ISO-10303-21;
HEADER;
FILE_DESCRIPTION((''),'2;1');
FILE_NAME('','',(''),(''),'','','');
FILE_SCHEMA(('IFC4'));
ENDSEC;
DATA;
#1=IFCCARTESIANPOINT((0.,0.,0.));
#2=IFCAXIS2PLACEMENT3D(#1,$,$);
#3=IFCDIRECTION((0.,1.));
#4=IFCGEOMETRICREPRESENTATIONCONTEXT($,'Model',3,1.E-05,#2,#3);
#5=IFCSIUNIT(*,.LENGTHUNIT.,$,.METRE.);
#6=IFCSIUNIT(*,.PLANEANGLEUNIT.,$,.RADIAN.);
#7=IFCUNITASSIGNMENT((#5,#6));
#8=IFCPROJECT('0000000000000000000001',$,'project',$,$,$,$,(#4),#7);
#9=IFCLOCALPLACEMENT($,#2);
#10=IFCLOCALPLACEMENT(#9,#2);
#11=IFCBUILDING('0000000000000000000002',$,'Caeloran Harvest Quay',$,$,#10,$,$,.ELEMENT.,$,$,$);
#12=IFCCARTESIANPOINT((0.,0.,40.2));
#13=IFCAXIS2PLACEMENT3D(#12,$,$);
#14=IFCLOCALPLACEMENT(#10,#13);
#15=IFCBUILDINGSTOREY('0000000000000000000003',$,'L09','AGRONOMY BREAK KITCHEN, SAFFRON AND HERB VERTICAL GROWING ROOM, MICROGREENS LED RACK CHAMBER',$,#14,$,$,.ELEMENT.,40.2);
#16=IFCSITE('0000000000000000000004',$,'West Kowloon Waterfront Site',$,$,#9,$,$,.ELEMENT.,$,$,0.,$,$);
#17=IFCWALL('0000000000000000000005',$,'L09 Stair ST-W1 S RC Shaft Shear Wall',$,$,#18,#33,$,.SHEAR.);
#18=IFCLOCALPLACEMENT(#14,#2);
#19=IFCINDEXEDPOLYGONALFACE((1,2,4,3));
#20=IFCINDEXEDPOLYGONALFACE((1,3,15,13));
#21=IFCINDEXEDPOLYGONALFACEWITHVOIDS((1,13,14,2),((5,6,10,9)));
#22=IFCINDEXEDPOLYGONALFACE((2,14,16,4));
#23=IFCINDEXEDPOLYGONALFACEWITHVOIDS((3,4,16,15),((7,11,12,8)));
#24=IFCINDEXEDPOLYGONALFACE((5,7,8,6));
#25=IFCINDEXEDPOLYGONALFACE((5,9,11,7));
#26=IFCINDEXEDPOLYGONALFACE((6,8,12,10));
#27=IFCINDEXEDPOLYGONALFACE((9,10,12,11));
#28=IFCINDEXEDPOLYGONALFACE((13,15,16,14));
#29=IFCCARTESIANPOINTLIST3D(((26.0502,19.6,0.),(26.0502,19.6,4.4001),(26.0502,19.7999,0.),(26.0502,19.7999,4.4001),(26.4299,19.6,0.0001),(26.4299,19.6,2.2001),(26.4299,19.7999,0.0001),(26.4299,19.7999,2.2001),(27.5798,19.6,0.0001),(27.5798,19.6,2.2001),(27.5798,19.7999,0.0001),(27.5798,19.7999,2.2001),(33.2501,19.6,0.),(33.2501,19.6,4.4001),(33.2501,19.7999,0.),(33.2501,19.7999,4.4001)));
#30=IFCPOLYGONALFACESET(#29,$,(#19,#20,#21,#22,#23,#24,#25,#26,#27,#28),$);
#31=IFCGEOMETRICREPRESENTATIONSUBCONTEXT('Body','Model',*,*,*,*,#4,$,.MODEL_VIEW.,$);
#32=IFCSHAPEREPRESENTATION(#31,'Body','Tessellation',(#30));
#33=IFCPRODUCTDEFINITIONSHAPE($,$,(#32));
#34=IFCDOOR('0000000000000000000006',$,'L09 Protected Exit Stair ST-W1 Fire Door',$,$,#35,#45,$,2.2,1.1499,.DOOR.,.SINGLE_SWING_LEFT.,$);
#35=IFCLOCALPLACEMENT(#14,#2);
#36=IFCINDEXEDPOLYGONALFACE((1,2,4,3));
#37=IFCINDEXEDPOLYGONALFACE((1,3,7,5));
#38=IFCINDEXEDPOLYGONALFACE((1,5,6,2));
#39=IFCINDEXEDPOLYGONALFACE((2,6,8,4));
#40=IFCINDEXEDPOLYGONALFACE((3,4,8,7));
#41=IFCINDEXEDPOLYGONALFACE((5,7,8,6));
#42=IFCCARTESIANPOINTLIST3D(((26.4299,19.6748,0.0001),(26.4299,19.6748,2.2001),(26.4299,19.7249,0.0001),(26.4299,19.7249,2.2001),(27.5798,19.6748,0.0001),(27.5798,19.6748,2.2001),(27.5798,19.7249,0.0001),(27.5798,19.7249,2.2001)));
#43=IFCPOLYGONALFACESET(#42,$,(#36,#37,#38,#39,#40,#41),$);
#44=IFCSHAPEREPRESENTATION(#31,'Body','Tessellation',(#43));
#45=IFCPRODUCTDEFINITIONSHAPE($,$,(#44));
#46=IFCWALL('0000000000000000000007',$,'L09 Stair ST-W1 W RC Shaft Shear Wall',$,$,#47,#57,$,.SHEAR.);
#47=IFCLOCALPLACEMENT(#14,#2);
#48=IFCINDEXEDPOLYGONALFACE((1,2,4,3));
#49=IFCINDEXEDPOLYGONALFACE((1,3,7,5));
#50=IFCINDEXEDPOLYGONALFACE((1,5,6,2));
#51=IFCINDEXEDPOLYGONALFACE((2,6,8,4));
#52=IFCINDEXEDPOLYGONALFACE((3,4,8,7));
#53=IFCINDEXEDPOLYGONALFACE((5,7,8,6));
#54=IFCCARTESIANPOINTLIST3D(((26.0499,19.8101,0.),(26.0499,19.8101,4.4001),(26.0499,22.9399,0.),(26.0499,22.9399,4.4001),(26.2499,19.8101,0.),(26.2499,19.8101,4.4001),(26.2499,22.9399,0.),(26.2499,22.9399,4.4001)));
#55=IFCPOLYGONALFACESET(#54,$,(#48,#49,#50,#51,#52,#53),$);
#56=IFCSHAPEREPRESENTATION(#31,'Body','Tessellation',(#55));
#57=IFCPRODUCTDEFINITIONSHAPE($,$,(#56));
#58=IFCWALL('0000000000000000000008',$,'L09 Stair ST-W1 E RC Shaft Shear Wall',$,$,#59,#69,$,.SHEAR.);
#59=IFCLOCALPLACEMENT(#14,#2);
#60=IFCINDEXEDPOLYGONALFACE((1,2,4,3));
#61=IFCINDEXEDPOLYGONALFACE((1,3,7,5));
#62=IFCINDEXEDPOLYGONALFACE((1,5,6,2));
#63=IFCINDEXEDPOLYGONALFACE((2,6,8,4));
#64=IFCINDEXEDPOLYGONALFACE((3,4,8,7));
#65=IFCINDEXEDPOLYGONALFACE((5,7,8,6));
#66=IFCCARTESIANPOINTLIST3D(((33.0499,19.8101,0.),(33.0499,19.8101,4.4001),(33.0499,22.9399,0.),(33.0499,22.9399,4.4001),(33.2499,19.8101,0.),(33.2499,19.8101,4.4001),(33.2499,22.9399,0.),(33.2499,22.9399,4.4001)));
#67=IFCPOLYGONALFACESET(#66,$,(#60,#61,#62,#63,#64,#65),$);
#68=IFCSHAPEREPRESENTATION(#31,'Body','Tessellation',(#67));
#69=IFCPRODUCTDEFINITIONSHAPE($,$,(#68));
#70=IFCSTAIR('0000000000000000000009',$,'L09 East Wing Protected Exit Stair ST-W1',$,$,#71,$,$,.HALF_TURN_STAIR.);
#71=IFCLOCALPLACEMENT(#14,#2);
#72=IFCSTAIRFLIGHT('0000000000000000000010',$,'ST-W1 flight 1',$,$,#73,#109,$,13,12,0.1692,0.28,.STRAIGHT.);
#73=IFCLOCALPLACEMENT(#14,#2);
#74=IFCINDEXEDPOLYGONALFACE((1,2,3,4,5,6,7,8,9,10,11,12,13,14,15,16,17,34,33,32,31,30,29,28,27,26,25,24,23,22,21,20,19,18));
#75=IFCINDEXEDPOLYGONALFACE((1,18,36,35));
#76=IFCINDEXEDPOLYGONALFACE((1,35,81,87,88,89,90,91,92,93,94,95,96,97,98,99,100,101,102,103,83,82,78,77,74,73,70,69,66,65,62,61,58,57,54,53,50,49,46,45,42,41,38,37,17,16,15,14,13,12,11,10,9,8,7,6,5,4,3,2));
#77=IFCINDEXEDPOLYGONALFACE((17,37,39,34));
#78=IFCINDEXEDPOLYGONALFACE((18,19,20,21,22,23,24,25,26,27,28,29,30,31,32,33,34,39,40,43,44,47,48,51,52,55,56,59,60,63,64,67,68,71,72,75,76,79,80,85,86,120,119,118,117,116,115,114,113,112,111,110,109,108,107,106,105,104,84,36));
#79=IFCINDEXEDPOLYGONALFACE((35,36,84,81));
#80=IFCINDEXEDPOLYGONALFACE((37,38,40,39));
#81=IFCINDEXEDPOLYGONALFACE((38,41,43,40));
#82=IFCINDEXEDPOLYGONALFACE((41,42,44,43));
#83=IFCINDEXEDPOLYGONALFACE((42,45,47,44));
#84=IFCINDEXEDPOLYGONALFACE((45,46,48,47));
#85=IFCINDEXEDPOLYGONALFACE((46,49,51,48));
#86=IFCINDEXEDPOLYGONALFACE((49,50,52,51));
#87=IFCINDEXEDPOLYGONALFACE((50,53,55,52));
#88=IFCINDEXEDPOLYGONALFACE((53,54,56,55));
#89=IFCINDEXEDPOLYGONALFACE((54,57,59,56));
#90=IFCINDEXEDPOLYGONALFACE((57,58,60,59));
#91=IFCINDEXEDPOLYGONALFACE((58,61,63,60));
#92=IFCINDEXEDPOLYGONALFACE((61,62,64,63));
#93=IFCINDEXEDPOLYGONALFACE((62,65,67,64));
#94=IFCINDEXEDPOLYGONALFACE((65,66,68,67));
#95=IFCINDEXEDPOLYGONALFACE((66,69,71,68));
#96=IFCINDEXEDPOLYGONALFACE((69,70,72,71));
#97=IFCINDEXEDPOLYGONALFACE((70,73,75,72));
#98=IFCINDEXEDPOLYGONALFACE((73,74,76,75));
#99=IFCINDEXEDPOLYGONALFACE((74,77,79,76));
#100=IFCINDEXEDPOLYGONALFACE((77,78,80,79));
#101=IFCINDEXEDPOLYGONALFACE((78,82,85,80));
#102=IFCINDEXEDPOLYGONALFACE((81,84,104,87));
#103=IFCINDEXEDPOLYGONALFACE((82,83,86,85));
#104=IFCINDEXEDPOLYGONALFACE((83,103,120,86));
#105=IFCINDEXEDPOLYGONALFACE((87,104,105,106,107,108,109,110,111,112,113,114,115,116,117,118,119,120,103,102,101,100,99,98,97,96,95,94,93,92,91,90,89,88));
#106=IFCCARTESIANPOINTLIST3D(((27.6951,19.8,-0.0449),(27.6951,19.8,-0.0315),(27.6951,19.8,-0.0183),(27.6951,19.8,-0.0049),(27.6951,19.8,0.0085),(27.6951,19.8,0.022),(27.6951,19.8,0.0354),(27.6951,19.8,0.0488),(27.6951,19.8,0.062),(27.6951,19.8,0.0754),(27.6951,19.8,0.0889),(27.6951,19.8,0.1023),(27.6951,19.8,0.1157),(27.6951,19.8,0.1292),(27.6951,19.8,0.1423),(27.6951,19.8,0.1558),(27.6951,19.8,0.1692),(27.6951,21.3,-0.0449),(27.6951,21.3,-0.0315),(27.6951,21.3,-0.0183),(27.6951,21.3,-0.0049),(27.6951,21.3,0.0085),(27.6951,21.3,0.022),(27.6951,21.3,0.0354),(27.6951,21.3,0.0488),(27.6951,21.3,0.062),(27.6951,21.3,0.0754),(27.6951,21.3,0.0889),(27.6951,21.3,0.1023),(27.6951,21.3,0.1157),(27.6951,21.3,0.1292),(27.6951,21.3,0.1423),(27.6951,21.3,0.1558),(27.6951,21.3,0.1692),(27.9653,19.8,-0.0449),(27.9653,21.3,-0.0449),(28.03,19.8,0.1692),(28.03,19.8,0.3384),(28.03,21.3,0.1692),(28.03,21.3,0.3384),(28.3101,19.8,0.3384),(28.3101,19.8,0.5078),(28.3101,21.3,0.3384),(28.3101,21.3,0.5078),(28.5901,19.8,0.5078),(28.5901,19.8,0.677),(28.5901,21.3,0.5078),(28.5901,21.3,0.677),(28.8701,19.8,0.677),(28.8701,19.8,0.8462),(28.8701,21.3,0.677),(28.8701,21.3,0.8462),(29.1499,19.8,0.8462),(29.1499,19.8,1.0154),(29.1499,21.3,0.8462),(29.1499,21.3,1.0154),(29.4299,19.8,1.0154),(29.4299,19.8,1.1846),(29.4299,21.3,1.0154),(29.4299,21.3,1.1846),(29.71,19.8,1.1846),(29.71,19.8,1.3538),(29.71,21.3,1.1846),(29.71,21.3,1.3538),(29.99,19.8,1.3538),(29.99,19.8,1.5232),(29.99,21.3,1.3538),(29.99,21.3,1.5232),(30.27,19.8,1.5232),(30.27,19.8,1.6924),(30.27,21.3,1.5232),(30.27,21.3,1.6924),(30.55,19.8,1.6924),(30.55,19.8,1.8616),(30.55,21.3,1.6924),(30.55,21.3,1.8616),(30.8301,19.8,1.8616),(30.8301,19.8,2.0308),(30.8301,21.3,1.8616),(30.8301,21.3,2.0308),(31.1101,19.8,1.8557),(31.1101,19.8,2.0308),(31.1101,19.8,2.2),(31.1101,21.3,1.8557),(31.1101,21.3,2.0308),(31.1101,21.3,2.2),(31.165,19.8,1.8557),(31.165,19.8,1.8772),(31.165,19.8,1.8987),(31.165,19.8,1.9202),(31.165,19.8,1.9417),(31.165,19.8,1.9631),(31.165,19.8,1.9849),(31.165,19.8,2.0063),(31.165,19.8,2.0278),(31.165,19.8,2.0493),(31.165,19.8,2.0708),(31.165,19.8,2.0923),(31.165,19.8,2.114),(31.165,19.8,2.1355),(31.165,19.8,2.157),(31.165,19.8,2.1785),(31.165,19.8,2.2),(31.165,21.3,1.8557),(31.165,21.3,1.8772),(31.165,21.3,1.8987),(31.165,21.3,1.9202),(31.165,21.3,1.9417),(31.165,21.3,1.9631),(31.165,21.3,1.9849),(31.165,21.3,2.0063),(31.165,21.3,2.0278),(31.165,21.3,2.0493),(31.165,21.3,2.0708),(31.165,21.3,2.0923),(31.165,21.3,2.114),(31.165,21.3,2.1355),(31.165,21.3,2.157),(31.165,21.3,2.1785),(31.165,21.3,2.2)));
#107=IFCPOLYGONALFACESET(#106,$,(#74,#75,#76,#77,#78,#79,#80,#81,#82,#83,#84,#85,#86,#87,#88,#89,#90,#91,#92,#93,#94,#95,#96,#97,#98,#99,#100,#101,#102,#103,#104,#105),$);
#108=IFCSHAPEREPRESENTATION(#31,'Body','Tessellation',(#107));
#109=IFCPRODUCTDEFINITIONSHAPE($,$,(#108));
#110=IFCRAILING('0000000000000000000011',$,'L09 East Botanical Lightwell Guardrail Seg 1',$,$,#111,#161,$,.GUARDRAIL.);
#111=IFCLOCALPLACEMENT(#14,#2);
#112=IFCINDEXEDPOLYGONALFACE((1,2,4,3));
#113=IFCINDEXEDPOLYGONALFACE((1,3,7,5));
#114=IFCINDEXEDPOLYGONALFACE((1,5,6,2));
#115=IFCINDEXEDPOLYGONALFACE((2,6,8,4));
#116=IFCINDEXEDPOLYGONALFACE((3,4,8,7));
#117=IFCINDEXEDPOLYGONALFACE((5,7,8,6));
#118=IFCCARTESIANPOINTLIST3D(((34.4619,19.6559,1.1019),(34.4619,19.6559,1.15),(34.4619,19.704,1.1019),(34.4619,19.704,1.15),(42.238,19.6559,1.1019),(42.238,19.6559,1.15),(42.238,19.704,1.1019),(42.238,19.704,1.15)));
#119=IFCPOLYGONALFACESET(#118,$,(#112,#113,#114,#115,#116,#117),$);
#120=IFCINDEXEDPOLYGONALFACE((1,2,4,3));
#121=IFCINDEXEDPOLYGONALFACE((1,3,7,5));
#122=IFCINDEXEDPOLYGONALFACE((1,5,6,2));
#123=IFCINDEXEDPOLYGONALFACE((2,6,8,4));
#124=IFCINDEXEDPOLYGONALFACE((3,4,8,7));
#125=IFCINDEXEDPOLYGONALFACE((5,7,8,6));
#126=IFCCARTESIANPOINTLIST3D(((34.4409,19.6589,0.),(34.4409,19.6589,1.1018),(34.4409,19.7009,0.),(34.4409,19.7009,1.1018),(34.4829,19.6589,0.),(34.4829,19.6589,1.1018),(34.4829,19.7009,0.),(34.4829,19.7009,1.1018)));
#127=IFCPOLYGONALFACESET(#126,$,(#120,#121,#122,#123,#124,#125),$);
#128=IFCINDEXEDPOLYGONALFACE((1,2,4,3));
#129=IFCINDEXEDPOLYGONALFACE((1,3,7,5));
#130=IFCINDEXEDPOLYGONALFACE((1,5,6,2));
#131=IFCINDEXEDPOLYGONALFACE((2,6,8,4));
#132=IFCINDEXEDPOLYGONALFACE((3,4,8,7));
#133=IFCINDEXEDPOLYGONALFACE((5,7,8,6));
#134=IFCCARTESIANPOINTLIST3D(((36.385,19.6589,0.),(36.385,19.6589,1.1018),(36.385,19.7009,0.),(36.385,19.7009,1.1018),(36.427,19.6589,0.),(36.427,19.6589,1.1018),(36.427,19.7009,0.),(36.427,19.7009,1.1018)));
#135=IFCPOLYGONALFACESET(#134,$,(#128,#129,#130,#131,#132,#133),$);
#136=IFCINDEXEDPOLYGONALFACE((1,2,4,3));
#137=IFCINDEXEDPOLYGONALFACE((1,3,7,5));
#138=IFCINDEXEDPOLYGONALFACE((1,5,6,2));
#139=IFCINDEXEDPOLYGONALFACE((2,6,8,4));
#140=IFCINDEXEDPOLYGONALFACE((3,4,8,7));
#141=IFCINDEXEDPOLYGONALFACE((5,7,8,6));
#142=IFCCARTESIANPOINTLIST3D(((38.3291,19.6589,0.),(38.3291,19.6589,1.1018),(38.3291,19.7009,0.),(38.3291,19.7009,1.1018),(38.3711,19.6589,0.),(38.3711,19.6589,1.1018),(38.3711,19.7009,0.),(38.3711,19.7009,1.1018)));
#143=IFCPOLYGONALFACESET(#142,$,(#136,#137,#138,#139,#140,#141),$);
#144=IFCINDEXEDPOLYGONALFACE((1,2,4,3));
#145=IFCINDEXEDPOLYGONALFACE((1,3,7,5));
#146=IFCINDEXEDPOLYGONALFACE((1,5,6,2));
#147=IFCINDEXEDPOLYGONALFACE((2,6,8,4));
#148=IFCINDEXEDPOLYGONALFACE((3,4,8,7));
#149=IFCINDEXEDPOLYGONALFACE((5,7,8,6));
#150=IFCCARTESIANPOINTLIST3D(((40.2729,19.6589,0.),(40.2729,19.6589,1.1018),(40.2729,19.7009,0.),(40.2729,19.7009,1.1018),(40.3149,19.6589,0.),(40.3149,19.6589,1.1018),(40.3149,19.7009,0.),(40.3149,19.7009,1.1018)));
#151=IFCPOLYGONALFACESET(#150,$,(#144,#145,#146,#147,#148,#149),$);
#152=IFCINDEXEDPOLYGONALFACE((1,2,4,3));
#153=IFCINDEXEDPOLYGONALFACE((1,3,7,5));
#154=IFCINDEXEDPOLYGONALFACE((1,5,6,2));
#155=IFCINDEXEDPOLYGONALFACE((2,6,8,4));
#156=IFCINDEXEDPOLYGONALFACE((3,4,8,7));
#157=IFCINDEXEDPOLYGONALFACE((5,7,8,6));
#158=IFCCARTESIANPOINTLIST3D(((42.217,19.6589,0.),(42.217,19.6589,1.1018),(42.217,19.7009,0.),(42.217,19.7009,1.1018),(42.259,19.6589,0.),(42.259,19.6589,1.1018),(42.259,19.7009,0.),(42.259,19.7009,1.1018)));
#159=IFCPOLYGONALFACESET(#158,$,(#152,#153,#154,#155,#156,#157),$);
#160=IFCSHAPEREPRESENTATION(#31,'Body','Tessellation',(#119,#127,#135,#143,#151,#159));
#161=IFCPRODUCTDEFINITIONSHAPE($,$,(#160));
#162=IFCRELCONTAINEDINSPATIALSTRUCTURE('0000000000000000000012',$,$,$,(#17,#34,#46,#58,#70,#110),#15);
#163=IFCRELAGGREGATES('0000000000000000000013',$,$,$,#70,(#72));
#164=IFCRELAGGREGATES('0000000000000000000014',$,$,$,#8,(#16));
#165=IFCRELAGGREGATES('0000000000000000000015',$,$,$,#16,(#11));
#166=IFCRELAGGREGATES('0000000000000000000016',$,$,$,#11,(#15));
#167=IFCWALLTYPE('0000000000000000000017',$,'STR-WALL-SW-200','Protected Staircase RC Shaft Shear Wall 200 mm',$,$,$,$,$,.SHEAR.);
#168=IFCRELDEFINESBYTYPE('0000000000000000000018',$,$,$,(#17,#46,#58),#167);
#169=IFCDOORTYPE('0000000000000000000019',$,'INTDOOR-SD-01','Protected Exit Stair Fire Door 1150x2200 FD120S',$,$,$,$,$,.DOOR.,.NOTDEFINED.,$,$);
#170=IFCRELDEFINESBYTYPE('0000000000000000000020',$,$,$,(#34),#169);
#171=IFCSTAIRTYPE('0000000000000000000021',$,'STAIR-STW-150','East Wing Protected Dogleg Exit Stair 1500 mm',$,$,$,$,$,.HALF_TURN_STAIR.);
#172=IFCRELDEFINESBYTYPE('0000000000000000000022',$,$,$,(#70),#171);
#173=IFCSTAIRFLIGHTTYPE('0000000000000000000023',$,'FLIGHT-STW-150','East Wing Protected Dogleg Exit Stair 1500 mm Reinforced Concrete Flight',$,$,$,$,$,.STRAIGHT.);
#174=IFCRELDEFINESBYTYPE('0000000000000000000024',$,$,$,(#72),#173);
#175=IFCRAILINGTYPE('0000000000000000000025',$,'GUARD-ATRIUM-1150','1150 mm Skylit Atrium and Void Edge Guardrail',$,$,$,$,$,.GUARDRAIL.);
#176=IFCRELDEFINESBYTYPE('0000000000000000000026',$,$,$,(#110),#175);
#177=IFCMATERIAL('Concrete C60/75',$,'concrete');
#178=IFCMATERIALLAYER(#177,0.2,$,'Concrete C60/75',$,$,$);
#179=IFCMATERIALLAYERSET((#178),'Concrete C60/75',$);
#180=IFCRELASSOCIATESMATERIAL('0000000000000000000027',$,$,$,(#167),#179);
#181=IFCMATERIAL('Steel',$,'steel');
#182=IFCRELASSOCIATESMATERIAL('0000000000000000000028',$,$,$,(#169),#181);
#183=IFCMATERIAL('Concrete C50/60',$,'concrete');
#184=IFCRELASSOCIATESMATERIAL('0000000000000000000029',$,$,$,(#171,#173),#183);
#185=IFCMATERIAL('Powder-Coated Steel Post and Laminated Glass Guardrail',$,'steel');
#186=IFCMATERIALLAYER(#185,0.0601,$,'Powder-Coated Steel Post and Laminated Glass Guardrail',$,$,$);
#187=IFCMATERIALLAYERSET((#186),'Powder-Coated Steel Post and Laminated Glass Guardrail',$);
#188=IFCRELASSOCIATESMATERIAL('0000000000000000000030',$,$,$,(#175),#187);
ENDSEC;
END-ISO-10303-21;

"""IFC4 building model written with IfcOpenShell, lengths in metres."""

from ifc_helpers import new_model, si_unit, direction, frame, frame_2d, origin, origin_2d, place, context, subcontext, project, spatial, polyline, rectangle, outline, extrude, material, layer, layer_set, type_object, element, fill, aggregate, save


model = new_model("IFC4")

# Units and contexts
model_context = context("Model", 3, precision=1e-05, world=origin(), true_north=direction((0.0, 1.0)))
body_context = subcontext(model_context, "Body", "Model", "MODEL_VIEW")
ifc_project = project(units=[si_unit("LENGTHUNIT", "METRE"), si_unit("PLANEANGLEUNIT", "RADIAN")], contexts=[model_context])

# Site, building, storey
site_placement = place(None, origin())
site = spatial("IfcSite", under=ifc_project, at=site_placement, Name="West Kowloon Waterfront Site", CompositionType="ELEMENT", RefElevation=0.0)
building_placement = place(site_placement, origin())
building = spatial("IfcBuilding", under=site, at=building_placement, Name="Caeloran Harvest Quay", CompositionType="ELEMENT")
storey_placement = place(building_placement, frame((0.0, 0.0, 40.2)))
storey = spatial("IfcBuildingStorey", under=building, at=storey_placement, Name="L09", Description="AGRONOMY BREAK KITCHEN, SAFFRON AND HERB VERTICAL GROWING ROOM, MICROGREENS LED RACK CHAMBER", CompositionType="ELEMENT", Elevation=40.2)

# Wall, opening, door
ifc_material_1 = material(Name="Concrete C60/75", Category="concrete")
ifc_layer_1 = layer(ifc_material_1, 0.2, Name="Concrete C60/75")
ifc_layer_set_1 = layer_set([ifc_layer_1], Name="Concrete C60/75")
wall_type_1 = type_object("IfcWallType", Name="STR-WALL-SW-200", Description="Protected Staircase RC Shaft Shear Wall 200 mm", PredefinedType="SHEAR", material=ifc_layer_set_1)
wall_1_placement = place(storey_placement, frame((26.05, 19.7, 0.0), z_axis=(0.0, 0.0, 1.0), x_axis=(1.0, 0.0, 0.0)))
wall_1 = element("IfcWall", 1, at=wall_1_placement, inside=storey, type_object=wall_type_1, Name="L09 Stair ST-W1 S RC Shaft Shear Wall", PredefinedType="SHEAR", context=body_context, shape_type="SweptSolid", body=[
    extrude(rectangle(XDim=7.2, YDim=0.2, at=frame_2d((3.6001, 0.0))), origin(), (0.0, 0.0, 1.0), 4.4001),
])
opening_1_placement = place(wall_1_placement, frame((0.3799, 0.0, 0.0)))
opening_1 = element("IfcOpeningElement", 2, at=opening_1_placement, cuts=wall_1, PredefinedType="OPENING", context=body_context, shape_type="SweptSolid", body=[
    extrude(rectangle(XDim=1.1499, YDim=2.2, at=frame_2d((0.575, 1.1001))), frame((0.0, 0.1099, 0.0), z_axis=(0.0, -1.0, 0.0), x_axis=(1.0, 0.0, 0.0)), (0.0, 0.0, 1.0), 0.22),
])
ifc_material_2 = material(Name="Steel", Category="steel")
door_type_1 = type_object("IfcDoorType", Name="INTDOOR-SD-01", Description="Protected Exit Stair Fire Door 1150x2200 FD120S", OperationType="NOTDEFINED", PredefinedType="DOOR", material=ifc_material_2)
door_1_placement = place(opening_1_placement, origin())
door_1 = element("IfcDoor", 3, at=door_1_placement, inside=storey, type_object=door_type_1, Name="L09 Protected Exit Stair ST-W1 Fire Door", OperationType="SINGLE_SWING_LEFT", OverallHeight=2.2, OverallWidth=1.1499, PredefinedType="DOOR", context=body_context, shape_type="SweptSolid", body=[
    extrude(rectangle(XDim=1.1499, YDim=2.2, at=frame_2d((0.575, 1.1001))), frame((0.0, 0.0249, 0.0), z_axis=(0.0, -1.0, 0.0), x_axis=(1.0, 0.0, 0.0)), (0.0, 0.0, 1.0), 0.05),
])
fill(opening_1, door_1)

# Walls
for number, where, z_axis, x_axis, name in (
    (4, (26.1499, 19.8101, 0.0), (0.0, 0.0, 1.0), (0.0, 1.0, 0.0), "L09 Stair ST-W1 W RC Shaft Shear Wall"),
    (5, (33.1499, 19.8101, 0.0), (0.0, 0.0, 1.0), (0.0, 1.0, 0.0), "L09 Stair ST-W1 E RC Shaft Shear Wall"),
):
    element("IfcWall", number, at=place(storey_placement, frame(where, z_axis=z_axis, x_axis=x_axis)), inside=storey, type_object=wall_type_1, Name=name, PredefinedType="SHEAR", context=body_context, shape_type="SweptSolid", body=[
        extrude(rectangle(XDim=3.1299, YDim=0.2, at=frame_2d((1.5649, 0.0))), origin(), (0.0, 0.0, 1.0), 4.4001),
    ])

# Stair, stair flight
ifc_material_3 = material(Name="Concrete C50/60", Category="concrete")
stair_type = type_object("IfcStairType", Name="STAIR-STW-150", Description="East Wing Protected Dogleg Exit Stair 1500 mm", PredefinedType="HALF_TURN_STAIR", material=ifc_material_3)
stair_placement = place(storey_placement, origin())
stair = element("IfcStair", 6, at=stair_placement, inside=storey, type_object=stair_type, Name="L09 East Wing Protected Exit Stair ST-W1", PredefinedType="HALF_TURN_STAIR")
stair_flight_type = type_object("IfcStairFlightType", Name="FLIGHT-STW-150", Description="East Wing Protected Dogleg Exit Stair 1500 mm Reinforced Concrete Flight", PredefinedType="STRAIGHT", material=ifc_material_3)
stair_flight_placement = place(storey_placement, frame((27.75, 20.55, 0.0), z_axis=(0.0, 0.0, 1.0), x_axis=(1.0, 0.0, 0.0)))
stair_flight = element("IfcStairFlight", 7, at=stair_flight_placement, type_object=stair_flight_type, Name="ST-W1 flight 1", NumberOfRisers=13, NumberOfTreads=12, PredefinedType="STRAIGHT", RiserHeight=0.1692, TreadLength=0.28, context=body_context, shape_type="SweptSolid", body=[
    extrude(outline(polyline([(-0.0549, -0.0449), (-0.0549, -0.0315), (-0.0549, -0.0183), (-0.0549, -0.0049), (-0.0549, 0.0085), (-0.0549, 0.022), (-0.0549, 0.0354), (-0.0549, 0.0488), (-0.0549, 0.062), (-0.0549, 0.0754), (-0.0549, 0.0889), (-0.0549, 0.1023), (-0.0549, 0.1157), (-0.0549, 0.1292), (-0.0549, 0.1423), (-0.0549, 0.1558), (-0.0549, 0.1692), (0.28, 0.1692), (0.28, 0.3384), (0.5601, 0.3384), (0.5601, 0.5078), (0.8401, 0.5078), (0.8401, 0.677), (1.1201, 0.677), (1.1201, 0.8462), (1.3999, 0.8462), (1.3999, 1.0154), (1.6799, 1.0154), (1.6799, 1.1846), (1.96, 1.1846), (1.96, 1.3538), (2.24, 1.3538), (2.24, 1.5232), (2.52, 1.5232), (2.52, 1.6924), (2.8, 1.6924), (2.8, 1.8616), (3.0801, 1.8616), (3.0801, 2.0308), (3.3601, 2.0308), (3.3601, 2.2), (3.415, 2.2), (3.415, 2.1785), (3.415, 2.157), (3.415, 2.1355), (3.415, 2.114), (3.415, 2.0923), (3.415, 2.0708), (3.415, 2.0493), (3.415, 2.0278), (3.415, 2.0063), (3.415, 1.9849), (3.415, 1.9631), (3.415, 1.9417), (3.415, 1.9202), (3.415, 1.8987), (3.415, 1.8772), (3.415, 1.8557), (3.3601, 1.8557), (0.2153, -0.0449), (-0.0549, -0.0449)])), frame((0.0, 0.75, 0.0), z_axis=(0.0, -1.0, 0.0), x_axis=(1.0, 0.0, 0.0)), (0.0, 0.0, 1.0), 1.5),
])
aggregate(stair, [stair_flight])

# Railing
ifc_material_4 = material(Name="Powder-Coated Steel Post and Laminated Glass Guardrail", Category="steel")
ifc_layer_2 = layer(ifc_material_4, 0.0601, Name="Powder-Coated Steel Post and Laminated Glass Guardrail")
ifc_layer_set_2 = layer_set([ifc_layer_2], Name="Powder-Coated Steel Post and Laminated Glass Guardrail")
railing_type_1 = type_object("IfcRailingType", Name="GUARD-ATRIUM-1150", Description="1150 mm Skylit Atrium and Void Edge Guardrail", PredefinedType="GUARDRAIL", material=ifc_layer_set_2)
railing_1_placement = place(storey_placement, frame((34.4619, 19.6799, 0.0)))
element("IfcRailing", 8, at=railing_1_placement, inside=storey, type_object=railing_type_1, Name="L09 East Botanical Lightwell Guardrail Seg 1", PredefinedType="GUARDRAIL", context=body_context, shape_type="SweptSolid", body=[
    extrude(rectangle(XDim=0.0481, YDim=0.0481, at=origin_2d()), frame((0.0, 0.0, 1.126), z_axis=(1.0, 0.0, 0.0), x_axis=(0.0, 1.0, 0.0)), (0.0, 0.0, 1.0), 7.7761),
    extrude(rectangle(XDim=0.042, YDim=0.042, at=origin_2d()), origin(), (0.0, 0.0, 1.0), 1.1018),
    extrude(rectangle(XDim=0.042, YDim=0.042, at=origin_2d()), frame((1.9441, 0.0, 0.0)), (0.0, 0.0, 1.0), 1.1018),
    extrude(rectangle(XDim=0.042, YDim=0.042, at=origin_2d()), frame((3.8882, 0.0, 0.0)), (0.0, 0.0, 1.0), 1.1018),
    extrude(rectangle(XDim=0.042, YDim=0.042, at=origin_2d()), frame((5.832, 0.0, 0.0)), (0.0, 0.0, 1.0), 1.1018),
    extrude(rectangle(XDim=0.042, YDim=0.042, at=origin_2d()), frame((7.7761, 0.0, 0.0)), (0.0, 0.0, 1.0), 1.1018),
])

save(model, "model.ifc")
